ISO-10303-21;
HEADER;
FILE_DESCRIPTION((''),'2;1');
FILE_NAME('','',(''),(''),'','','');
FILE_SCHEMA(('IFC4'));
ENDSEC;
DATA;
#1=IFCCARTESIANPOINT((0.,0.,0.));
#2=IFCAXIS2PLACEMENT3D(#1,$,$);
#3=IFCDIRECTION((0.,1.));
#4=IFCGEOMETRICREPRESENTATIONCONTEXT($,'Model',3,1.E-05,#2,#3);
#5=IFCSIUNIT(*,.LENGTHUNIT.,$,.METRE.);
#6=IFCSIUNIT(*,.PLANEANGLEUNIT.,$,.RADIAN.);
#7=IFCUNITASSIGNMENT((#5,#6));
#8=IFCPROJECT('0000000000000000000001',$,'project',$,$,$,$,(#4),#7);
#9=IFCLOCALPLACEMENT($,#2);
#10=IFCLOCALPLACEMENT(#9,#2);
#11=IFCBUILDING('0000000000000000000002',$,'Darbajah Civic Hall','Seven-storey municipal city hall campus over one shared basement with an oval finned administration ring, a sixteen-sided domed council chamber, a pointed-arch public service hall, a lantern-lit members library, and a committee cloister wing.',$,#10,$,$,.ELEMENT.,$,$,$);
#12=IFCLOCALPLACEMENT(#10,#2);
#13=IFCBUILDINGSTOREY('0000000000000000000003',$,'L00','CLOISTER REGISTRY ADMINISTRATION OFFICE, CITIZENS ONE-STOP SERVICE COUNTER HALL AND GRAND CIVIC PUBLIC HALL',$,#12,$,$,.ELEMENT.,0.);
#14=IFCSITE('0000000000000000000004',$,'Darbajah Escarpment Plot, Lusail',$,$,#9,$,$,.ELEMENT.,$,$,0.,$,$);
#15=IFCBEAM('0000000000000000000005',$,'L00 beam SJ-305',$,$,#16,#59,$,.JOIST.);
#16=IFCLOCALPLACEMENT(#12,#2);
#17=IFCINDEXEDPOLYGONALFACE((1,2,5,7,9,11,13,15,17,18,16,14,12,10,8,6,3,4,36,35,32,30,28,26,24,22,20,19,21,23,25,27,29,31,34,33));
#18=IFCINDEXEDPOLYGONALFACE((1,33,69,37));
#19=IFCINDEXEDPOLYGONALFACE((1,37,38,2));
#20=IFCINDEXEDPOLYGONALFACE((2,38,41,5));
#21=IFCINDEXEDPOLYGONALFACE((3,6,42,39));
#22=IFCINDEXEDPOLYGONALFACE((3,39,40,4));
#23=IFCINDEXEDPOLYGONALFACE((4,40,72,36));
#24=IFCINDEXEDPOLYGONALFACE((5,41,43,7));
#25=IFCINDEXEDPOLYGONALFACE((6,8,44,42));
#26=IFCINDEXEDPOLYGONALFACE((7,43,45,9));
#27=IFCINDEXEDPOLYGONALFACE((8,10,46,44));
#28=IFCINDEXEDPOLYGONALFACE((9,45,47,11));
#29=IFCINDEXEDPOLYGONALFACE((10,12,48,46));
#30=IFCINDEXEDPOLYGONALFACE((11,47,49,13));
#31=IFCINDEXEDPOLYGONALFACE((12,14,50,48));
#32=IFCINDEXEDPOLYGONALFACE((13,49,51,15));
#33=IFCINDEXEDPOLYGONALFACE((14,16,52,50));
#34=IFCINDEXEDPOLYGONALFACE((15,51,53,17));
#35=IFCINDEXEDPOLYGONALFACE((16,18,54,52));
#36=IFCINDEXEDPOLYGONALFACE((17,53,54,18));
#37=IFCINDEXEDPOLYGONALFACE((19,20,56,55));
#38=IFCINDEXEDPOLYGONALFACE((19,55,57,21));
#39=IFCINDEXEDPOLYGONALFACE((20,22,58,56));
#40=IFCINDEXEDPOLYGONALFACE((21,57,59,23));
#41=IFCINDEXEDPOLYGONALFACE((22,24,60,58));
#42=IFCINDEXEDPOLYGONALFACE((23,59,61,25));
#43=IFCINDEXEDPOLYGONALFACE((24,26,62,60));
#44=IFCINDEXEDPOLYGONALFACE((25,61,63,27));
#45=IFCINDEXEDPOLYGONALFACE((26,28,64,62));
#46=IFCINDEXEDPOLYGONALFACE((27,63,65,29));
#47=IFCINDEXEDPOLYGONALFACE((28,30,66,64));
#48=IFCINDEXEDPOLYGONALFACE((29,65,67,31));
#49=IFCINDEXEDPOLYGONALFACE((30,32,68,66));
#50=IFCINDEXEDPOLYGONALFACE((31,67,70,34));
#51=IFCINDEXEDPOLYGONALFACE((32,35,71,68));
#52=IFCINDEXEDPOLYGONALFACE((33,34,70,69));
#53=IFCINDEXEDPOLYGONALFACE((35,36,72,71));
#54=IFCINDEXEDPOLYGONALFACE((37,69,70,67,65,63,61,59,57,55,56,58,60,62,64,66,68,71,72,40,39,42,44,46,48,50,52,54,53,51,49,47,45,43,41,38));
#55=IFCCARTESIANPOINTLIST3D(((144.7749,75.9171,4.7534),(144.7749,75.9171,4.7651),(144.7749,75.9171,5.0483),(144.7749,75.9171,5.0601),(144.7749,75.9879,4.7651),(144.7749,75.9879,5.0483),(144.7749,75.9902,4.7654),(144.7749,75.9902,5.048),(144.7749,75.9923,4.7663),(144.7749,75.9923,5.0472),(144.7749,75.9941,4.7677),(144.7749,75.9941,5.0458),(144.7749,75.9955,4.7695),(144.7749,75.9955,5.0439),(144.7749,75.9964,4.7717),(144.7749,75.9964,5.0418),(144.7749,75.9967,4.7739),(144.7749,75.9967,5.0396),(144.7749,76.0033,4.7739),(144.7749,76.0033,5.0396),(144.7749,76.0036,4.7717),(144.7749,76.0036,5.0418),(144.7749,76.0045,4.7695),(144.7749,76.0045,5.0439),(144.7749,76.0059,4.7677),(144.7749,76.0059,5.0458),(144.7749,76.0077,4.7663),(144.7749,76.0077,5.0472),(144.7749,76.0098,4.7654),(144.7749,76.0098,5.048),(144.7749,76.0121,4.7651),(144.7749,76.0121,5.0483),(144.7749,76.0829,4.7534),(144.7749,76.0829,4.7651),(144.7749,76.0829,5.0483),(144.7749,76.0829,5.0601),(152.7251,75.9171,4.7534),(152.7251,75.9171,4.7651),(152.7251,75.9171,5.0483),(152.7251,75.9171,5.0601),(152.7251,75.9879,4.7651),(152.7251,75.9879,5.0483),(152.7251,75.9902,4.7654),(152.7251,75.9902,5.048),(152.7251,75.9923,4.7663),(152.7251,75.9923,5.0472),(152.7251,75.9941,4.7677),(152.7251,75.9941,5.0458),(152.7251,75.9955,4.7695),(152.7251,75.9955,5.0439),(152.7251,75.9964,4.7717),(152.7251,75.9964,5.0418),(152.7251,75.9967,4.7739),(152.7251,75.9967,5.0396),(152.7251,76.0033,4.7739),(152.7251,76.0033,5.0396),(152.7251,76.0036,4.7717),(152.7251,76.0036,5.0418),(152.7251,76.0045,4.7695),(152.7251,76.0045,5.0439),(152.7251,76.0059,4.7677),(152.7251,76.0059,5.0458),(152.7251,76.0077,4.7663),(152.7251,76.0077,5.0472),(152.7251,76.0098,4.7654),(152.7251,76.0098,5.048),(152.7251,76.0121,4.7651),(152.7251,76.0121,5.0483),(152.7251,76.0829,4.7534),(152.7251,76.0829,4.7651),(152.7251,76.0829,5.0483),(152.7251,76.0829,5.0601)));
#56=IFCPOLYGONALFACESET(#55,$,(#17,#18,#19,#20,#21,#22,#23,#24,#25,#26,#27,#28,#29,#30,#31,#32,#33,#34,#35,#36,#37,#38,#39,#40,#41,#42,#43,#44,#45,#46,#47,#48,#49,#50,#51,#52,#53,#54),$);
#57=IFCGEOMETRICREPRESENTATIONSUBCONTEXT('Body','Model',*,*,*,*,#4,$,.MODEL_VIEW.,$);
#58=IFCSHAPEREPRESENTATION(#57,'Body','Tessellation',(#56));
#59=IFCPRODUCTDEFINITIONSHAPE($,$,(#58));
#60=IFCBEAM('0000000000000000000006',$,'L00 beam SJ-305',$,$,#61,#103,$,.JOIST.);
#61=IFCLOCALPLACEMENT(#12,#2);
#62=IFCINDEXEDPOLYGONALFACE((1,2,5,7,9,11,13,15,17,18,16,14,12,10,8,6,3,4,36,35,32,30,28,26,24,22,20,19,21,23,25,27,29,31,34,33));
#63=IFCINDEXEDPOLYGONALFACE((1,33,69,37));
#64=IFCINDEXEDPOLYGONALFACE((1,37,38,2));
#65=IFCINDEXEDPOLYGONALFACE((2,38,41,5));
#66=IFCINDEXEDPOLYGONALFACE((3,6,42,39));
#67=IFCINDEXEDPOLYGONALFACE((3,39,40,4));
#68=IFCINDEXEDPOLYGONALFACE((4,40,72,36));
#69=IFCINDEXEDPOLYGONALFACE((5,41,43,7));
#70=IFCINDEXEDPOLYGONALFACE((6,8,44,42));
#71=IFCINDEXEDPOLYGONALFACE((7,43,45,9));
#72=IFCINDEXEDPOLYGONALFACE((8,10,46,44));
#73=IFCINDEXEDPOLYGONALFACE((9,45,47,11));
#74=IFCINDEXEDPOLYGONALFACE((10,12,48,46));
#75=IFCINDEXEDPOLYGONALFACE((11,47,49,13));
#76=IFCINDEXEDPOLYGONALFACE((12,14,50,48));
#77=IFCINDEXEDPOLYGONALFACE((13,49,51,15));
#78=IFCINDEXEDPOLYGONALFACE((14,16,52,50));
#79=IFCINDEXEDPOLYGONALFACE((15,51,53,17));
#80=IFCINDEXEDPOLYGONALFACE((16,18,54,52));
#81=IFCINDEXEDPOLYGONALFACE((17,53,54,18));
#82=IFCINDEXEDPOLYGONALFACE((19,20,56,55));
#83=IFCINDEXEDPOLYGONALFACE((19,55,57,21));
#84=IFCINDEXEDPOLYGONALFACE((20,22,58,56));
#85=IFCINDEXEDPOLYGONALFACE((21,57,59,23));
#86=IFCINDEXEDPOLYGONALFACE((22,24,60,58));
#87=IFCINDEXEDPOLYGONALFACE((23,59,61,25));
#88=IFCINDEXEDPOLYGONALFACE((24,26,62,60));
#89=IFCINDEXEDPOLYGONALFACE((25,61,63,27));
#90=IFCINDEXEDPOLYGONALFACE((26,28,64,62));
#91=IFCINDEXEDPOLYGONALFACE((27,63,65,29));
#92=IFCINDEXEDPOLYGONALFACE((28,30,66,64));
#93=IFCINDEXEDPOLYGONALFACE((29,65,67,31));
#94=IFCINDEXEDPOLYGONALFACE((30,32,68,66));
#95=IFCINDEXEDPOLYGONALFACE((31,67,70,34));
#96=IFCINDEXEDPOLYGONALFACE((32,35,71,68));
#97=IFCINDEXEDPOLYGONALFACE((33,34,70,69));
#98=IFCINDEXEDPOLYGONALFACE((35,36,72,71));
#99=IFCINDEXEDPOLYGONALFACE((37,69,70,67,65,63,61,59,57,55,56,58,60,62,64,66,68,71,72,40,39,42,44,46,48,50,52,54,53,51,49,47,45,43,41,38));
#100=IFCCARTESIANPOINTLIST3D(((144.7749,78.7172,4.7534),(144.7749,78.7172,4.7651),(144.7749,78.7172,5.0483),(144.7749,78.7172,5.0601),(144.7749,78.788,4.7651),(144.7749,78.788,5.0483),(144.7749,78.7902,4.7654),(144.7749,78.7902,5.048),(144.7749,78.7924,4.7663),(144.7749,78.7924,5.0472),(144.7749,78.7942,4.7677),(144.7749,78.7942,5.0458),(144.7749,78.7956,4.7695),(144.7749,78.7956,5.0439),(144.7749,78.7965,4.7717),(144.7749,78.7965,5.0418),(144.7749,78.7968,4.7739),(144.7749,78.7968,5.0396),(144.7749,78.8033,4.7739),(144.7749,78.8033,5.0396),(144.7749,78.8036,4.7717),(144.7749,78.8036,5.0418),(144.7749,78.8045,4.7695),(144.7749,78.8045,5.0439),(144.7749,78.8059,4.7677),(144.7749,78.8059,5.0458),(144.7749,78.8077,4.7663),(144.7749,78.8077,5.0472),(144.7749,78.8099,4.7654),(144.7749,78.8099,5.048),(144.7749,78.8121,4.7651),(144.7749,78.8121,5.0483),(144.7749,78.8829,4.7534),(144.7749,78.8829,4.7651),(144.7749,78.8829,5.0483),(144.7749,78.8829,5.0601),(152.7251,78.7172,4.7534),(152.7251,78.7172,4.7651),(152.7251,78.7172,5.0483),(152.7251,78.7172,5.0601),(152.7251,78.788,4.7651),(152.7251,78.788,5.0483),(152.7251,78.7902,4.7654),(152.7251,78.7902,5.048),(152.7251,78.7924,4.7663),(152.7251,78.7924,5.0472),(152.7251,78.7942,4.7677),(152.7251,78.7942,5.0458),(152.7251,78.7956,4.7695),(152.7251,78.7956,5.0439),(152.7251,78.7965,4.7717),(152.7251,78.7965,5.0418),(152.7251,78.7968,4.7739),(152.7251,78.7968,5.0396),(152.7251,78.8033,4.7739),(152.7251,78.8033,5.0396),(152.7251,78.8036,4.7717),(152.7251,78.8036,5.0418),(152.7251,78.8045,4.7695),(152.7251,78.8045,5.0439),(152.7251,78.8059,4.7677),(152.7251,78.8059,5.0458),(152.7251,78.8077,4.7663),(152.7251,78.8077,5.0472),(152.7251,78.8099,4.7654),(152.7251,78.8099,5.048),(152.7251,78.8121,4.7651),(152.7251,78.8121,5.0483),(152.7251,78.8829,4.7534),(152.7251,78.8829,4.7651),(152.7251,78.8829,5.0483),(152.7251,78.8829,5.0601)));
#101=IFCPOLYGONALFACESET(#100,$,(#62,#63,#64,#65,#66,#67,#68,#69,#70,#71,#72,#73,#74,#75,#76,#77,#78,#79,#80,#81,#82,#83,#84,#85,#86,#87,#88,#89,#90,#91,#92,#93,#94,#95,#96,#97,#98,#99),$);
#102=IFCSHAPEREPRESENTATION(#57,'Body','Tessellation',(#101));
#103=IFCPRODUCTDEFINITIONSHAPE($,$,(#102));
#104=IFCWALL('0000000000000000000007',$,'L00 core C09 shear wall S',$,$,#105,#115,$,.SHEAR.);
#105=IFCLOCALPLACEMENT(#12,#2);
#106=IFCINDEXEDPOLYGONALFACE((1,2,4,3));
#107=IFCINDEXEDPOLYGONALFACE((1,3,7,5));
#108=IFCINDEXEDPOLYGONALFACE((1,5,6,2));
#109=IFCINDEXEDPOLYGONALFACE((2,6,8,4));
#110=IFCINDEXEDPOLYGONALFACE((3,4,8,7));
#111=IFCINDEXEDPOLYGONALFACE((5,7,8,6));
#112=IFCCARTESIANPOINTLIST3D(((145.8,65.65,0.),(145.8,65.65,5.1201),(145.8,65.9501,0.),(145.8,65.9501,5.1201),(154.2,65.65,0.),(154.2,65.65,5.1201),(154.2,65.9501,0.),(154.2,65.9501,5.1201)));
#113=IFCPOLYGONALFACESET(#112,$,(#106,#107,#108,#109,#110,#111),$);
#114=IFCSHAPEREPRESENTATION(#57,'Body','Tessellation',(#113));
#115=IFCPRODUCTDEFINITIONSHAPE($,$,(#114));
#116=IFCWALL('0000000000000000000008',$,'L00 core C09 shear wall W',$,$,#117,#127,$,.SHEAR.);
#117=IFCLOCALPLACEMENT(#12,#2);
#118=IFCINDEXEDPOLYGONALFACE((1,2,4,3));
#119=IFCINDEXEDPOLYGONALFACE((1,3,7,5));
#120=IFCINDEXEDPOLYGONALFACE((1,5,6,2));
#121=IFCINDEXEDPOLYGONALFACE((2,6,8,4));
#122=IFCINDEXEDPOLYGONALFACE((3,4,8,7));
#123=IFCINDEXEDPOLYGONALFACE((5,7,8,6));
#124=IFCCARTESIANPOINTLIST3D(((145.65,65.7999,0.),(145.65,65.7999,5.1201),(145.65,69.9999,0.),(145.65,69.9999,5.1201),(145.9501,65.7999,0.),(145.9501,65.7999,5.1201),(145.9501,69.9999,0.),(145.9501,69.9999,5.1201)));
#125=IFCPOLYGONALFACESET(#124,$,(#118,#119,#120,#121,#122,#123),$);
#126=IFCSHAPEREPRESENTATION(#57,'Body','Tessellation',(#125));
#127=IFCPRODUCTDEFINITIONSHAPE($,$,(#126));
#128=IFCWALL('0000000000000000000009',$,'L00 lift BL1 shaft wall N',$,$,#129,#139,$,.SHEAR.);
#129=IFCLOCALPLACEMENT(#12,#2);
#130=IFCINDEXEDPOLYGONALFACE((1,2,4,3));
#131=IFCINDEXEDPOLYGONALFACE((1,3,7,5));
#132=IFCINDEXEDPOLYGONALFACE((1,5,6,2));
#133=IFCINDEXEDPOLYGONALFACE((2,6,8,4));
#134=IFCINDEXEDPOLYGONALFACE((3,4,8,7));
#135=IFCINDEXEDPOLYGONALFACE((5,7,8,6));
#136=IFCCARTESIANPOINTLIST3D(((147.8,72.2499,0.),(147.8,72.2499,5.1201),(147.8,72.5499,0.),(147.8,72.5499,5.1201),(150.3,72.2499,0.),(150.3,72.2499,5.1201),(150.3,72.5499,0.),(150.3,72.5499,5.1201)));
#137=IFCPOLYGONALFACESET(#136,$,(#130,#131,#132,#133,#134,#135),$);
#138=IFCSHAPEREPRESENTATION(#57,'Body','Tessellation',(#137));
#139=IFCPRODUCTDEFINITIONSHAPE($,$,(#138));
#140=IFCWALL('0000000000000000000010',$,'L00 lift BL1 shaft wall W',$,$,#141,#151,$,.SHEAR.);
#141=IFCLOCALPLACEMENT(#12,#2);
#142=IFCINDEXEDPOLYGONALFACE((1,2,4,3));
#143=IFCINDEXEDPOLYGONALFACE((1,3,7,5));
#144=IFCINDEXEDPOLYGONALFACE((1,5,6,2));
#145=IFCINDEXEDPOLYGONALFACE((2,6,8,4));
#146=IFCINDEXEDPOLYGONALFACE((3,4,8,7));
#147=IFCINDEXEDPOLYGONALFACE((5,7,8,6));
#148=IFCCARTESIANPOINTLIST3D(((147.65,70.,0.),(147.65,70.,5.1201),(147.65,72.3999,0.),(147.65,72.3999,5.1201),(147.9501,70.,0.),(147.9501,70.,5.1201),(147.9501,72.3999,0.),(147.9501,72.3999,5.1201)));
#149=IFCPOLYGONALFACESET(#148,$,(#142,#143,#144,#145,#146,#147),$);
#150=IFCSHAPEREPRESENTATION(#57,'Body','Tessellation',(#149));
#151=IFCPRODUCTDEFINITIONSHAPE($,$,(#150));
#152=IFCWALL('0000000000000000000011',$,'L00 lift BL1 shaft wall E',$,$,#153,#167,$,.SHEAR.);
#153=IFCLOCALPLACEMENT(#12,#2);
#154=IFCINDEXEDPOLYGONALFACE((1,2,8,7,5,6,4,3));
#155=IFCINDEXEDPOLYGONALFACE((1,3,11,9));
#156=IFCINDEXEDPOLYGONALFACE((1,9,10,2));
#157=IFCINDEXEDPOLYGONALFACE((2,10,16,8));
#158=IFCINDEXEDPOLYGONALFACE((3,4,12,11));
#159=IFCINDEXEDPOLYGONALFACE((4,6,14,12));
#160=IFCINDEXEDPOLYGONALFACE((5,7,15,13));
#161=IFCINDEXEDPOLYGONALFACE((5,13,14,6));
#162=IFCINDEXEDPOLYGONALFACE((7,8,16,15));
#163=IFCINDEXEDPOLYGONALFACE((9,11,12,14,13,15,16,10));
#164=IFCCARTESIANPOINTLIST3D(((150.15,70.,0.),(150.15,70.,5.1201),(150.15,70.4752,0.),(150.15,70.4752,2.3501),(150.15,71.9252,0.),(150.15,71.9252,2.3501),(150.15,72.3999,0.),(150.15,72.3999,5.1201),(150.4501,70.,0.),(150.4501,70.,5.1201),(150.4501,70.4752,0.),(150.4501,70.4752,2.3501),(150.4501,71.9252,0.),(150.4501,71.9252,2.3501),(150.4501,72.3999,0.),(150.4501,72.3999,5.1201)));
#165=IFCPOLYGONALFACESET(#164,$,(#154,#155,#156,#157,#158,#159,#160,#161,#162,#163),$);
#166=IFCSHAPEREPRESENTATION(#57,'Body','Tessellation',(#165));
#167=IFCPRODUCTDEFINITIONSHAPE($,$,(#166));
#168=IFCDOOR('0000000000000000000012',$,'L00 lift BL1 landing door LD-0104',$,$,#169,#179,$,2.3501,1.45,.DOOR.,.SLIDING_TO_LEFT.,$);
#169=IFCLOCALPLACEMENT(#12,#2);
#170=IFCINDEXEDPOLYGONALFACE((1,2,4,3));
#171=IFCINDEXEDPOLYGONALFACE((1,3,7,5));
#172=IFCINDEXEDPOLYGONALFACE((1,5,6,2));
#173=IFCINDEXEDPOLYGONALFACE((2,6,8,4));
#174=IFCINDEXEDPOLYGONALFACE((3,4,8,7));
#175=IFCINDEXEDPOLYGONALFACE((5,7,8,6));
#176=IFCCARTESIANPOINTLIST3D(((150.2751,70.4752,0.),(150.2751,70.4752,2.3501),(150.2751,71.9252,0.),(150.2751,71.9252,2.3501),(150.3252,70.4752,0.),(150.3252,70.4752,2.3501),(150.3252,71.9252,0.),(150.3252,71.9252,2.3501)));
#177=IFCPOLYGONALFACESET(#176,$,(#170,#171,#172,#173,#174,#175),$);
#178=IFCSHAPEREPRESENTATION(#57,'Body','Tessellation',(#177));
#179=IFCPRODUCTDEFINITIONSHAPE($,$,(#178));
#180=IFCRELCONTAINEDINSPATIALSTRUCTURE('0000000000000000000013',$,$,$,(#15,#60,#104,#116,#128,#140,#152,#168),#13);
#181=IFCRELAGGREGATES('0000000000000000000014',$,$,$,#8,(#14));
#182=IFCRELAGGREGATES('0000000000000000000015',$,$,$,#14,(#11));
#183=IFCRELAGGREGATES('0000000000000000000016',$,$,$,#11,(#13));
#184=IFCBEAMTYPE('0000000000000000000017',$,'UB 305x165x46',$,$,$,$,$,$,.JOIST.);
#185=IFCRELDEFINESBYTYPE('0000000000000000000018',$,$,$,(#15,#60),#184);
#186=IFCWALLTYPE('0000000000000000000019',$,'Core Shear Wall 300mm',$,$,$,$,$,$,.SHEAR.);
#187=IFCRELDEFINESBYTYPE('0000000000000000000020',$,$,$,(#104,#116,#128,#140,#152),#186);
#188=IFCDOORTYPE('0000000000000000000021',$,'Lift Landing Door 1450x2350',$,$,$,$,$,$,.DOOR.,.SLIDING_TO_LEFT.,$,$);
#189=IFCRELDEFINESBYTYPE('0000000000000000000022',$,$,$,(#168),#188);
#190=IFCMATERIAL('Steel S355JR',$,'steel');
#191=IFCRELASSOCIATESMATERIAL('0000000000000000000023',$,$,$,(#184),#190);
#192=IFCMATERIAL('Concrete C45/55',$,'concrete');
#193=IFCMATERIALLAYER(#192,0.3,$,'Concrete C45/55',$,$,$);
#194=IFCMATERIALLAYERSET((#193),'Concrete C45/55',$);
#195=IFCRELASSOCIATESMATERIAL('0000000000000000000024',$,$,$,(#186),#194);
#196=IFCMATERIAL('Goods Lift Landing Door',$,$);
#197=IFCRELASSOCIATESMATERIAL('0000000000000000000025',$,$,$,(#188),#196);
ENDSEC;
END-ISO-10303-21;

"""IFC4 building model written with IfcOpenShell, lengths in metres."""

from ifc_helpers import new_model, si_unit, direction, frame, frame_2d, origin, origin_2d, place, context, subcontext, project, spatial, rectangle, i_section, extrude, material, layer, layer_set, material_profile, profile_set, type_object, element, fill, save


model = new_model("IFC4")

# Units and contexts
model_context = context("Model", 3, precision=1e-05, world=origin(), true_north=direction((0.0, 1.0)))
body_context = subcontext(model_context, "Body", "Model", "MODEL_VIEW")
ifc_project = project(units=[si_unit("LENGTHUNIT", "METRE"), si_unit("PLANEANGLEUNIT", "RADIAN")], contexts=[model_context])

# Site, building, storey
site_placement = place(None, origin())
site = spatial("IfcSite", under=ifc_project, at=site_placement, Name="Darbajah Escarpment Plot, Lusail", CompositionType="ELEMENT", RefElevation=0.0)
building_placement = place(site_placement, origin())
building = spatial("IfcBuilding", under=site, at=building_placement, Name="Darbajah Civic Hall", Description="Seven-storey municipal city hall campus over one shared basement with an oval finned administration ring, a sixteen-sided domed council chamber, a pointed-arch public service hall, a lantern-lit members library, and a committee cloister wing.", CompositionType="ELEMENT")
storey_placement = place(building_placement, origin())
storey = spatial("IfcBuildingStorey", under=building, at=storey_placement, Name="L00", Description="CLOISTER REGISTRY ADMINISTRATION OFFICE, CITIZENS ONE-STOP SERVICE COUNTER HALL AND GRAND CIVIC PUBLIC HALL", CompositionType="ELEMENT", Elevation=0.0)

# Beams
ifc_material_1 = material(Name="Concrete C45/55", Category="concrete")
ifc_material_2 = material(Name="Steel S355JR", Category="steel")
ifc_material_profile_1 = material_profile(ifc_material_2, i_section(OverallWidth=0.1658, OverallDepth=0.3066, WebThickness=0.0066, FlangeThickness=0.0117, FilletRadius=0.0088, at=origin_2d()), Name="UB 305x165x46")
ifc_profile_set_1 = profile_set([ifc_material_profile_1], Name="Steel S355JR")
beam_type_1 = type_object("IfcBeamType", Name="UB 305x165x46", PredefinedType="JOIST", material=ifc_profile_set_1)
for number, where, z_axis, x_axis, name in (
    (1, (144.7749, 76.0, 4.9067), (1.0, 0.0, 0.0), (0.0, 1.0, 0.0), "L00 beam SJ-305"),
    (2, (144.7749, 78.8, 4.9067), (1.0, 0.0, 0.0), (0.0, 1.0, 0.0), "L00 beam SJ-305"),
):
    element("IfcBeam", number, at=place(storey_placement, frame(where, z_axis=z_axis, x_axis=x_axis)), inside=storey, type_object=beam_type_1, Name=name, PredefinedType="JOIST", context=body_context, shape_type="SweptSolid", body=[
        extrude(i_section(OverallWidth=0.1658, OverallDepth=0.3066, WebThickness=0.0066, FlangeThickness=0.0117, FilletRadius=0.0088, at=origin_2d()), origin(), (0.0, 0.0, 1.0), 7.9502),
    ])

# Walls
ifc_layer = layer(ifc_material_1, 0.3, Name="Concrete C45/55")
ifc_layer_set = layer_set([ifc_layer], Name="Concrete C45/55")
wall_type = type_object("IfcWallType", Name="Core Shear Wall 300mm", PredefinedType="SHEAR", material=ifc_layer_set)
wall_1_placement = place(storey_placement, frame((145.8, 65.8, 0.0), z_axis=(0.0, 0.0, 1.0), x_axis=(1.0, 0.0, 0.0)))
element("IfcWall", 3, at=wall_1_placement, inside=storey, type_object=wall_type, Name="L00 core C09 shear wall S", PredefinedType="SHEAR", context=body_context, shape_type="SweptSolid", body=[
    extrude(rectangle(XDim=8.3999, YDim=0.3, at=frame_2d((4.2, 0.0))), origin(), (0.0, 0.0, 1.0), 5.1201),
])
wall_2_placement = place(storey_placement, frame((145.8, 70.0, 0.0), z_axis=(0.0, 0.0, 1.0), x_axis=(0.0, -1.0, 0.0)))
element("IfcWall", 4, at=wall_2_placement, inside=storey, type_object=wall_type, Name="L00 core C09 shear wall W", PredefinedType="SHEAR", context=body_context, shape_type="SweptSolid", body=[
    extrude(rectangle(XDim=4.2, YDim=0.3, at=frame_2d((2.1001, 0.0))), origin(), (0.0, 0.0, 1.0), 5.1201),
])
wall_3_placement = place(storey_placement, frame((150.3, 72.3999, 0.0), z_axis=(0.0, 0.0, 1.0), x_axis=(-1.0, 0.0, 0.0)))
element("IfcWall", 5, at=wall_3_placement, inside=storey, type_object=wall_type, Name="L00 lift BL1 shaft wall N", PredefinedType="SHEAR", context=body_context, shape_type="SweptSolid", body=[
    extrude(rectangle(XDim=2.5, YDim=0.3, at=frame_2d((1.25, 0.0))), origin(), (0.0, 0.0, 1.0), 5.1201),
])
wall_4_placement = place(storey_placement, frame((147.8, 72.3999, 0.0), z_axis=(0.0, 0.0, 1.0), x_axis=(0.0, -1.0, 0.0)))
element("IfcWall", 6, at=wall_4_placement, inside=storey, type_object=wall_type, Name="L00 lift BL1 shaft wall W", PredefinedType="SHEAR", context=body_context, shape_type="SweptSolid", body=[
    extrude(rectangle(XDim=2.3999, YDim=0.3, at=frame_2d((1.2, 0.0))), origin(), (0.0, 0.0, 1.0), 5.1201),
])

# Wall, opening, door
wall_5_placement = place(storey_placement, frame((150.3, 70.0, 0.0), z_axis=(0.0, 0.0, 1.0), x_axis=(0.0, 1.0, 0.0)))
wall_5 = element("IfcWall", 7, at=wall_5_placement, inside=storey, type_object=wall_type, Name="L00 lift BL1 shaft wall E", PredefinedType="SHEAR", context=body_context, shape_type="SweptSolid", body=[
    extrude(rectangle(XDim=2.3999, YDim=0.3, at=frame_2d((1.2, 0.0))), origin(), (0.0, 0.0, 1.0), 5.1201),
])
opening_placement = place(wall_5_placement, frame((0.4751, 0.0, 0.0)))
opening = element("IfcOpeningElement", 8, at=opening_placement, cuts=wall_5, PredefinedType="OPENING", context=body_context, shape_type="SweptSolid", body=[
    extrude(rectangle(XDim=1.45, YDim=2.3501, at=frame_2d((0.7251, 1.175))), frame((0.0, 0.1599, 0.0), z_axis=(0.0, -1.0, 0.0), x_axis=(1.0, 0.0, 0.0)), (0.0, 0.0, 1.0), 0.3201),
])
ifc_material_3 = material(Name="Goods Lift Landing Door")
door_type = type_object("IfcDoorType", Name="Lift Landing Door 1450x2350", OperationType="SLIDING_TO_LEFT", PredefinedType="DOOR", material=ifc_material_3)
door_placement = place(opening_placement, origin())
door = element("IfcDoor", 9, at=door_placement, inside=storey, type_object=door_type, Name="L00 lift BL1 landing door LD-0104", OperationType="SLIDING_TO_LEFT", OverallHeight=2.3501, OverallWidth=1.45, PredefinedType="DOOR", context=body_context, shape_type="SweptSolid", body=[
    extrude(rectangle(XDim=1.45, YDim=2.3501, at=frame_2d((0.7251, 1.175))), frame((0.0, 0.0249, 0.0), z_axis=(0.0, -1.0, 0.0), x_axis=(1.0, 0.0, 0.0)), (0.0, 0.0, 1.0), 0.05),
])
fill(opening, door)

save(model, "model.ifc")
